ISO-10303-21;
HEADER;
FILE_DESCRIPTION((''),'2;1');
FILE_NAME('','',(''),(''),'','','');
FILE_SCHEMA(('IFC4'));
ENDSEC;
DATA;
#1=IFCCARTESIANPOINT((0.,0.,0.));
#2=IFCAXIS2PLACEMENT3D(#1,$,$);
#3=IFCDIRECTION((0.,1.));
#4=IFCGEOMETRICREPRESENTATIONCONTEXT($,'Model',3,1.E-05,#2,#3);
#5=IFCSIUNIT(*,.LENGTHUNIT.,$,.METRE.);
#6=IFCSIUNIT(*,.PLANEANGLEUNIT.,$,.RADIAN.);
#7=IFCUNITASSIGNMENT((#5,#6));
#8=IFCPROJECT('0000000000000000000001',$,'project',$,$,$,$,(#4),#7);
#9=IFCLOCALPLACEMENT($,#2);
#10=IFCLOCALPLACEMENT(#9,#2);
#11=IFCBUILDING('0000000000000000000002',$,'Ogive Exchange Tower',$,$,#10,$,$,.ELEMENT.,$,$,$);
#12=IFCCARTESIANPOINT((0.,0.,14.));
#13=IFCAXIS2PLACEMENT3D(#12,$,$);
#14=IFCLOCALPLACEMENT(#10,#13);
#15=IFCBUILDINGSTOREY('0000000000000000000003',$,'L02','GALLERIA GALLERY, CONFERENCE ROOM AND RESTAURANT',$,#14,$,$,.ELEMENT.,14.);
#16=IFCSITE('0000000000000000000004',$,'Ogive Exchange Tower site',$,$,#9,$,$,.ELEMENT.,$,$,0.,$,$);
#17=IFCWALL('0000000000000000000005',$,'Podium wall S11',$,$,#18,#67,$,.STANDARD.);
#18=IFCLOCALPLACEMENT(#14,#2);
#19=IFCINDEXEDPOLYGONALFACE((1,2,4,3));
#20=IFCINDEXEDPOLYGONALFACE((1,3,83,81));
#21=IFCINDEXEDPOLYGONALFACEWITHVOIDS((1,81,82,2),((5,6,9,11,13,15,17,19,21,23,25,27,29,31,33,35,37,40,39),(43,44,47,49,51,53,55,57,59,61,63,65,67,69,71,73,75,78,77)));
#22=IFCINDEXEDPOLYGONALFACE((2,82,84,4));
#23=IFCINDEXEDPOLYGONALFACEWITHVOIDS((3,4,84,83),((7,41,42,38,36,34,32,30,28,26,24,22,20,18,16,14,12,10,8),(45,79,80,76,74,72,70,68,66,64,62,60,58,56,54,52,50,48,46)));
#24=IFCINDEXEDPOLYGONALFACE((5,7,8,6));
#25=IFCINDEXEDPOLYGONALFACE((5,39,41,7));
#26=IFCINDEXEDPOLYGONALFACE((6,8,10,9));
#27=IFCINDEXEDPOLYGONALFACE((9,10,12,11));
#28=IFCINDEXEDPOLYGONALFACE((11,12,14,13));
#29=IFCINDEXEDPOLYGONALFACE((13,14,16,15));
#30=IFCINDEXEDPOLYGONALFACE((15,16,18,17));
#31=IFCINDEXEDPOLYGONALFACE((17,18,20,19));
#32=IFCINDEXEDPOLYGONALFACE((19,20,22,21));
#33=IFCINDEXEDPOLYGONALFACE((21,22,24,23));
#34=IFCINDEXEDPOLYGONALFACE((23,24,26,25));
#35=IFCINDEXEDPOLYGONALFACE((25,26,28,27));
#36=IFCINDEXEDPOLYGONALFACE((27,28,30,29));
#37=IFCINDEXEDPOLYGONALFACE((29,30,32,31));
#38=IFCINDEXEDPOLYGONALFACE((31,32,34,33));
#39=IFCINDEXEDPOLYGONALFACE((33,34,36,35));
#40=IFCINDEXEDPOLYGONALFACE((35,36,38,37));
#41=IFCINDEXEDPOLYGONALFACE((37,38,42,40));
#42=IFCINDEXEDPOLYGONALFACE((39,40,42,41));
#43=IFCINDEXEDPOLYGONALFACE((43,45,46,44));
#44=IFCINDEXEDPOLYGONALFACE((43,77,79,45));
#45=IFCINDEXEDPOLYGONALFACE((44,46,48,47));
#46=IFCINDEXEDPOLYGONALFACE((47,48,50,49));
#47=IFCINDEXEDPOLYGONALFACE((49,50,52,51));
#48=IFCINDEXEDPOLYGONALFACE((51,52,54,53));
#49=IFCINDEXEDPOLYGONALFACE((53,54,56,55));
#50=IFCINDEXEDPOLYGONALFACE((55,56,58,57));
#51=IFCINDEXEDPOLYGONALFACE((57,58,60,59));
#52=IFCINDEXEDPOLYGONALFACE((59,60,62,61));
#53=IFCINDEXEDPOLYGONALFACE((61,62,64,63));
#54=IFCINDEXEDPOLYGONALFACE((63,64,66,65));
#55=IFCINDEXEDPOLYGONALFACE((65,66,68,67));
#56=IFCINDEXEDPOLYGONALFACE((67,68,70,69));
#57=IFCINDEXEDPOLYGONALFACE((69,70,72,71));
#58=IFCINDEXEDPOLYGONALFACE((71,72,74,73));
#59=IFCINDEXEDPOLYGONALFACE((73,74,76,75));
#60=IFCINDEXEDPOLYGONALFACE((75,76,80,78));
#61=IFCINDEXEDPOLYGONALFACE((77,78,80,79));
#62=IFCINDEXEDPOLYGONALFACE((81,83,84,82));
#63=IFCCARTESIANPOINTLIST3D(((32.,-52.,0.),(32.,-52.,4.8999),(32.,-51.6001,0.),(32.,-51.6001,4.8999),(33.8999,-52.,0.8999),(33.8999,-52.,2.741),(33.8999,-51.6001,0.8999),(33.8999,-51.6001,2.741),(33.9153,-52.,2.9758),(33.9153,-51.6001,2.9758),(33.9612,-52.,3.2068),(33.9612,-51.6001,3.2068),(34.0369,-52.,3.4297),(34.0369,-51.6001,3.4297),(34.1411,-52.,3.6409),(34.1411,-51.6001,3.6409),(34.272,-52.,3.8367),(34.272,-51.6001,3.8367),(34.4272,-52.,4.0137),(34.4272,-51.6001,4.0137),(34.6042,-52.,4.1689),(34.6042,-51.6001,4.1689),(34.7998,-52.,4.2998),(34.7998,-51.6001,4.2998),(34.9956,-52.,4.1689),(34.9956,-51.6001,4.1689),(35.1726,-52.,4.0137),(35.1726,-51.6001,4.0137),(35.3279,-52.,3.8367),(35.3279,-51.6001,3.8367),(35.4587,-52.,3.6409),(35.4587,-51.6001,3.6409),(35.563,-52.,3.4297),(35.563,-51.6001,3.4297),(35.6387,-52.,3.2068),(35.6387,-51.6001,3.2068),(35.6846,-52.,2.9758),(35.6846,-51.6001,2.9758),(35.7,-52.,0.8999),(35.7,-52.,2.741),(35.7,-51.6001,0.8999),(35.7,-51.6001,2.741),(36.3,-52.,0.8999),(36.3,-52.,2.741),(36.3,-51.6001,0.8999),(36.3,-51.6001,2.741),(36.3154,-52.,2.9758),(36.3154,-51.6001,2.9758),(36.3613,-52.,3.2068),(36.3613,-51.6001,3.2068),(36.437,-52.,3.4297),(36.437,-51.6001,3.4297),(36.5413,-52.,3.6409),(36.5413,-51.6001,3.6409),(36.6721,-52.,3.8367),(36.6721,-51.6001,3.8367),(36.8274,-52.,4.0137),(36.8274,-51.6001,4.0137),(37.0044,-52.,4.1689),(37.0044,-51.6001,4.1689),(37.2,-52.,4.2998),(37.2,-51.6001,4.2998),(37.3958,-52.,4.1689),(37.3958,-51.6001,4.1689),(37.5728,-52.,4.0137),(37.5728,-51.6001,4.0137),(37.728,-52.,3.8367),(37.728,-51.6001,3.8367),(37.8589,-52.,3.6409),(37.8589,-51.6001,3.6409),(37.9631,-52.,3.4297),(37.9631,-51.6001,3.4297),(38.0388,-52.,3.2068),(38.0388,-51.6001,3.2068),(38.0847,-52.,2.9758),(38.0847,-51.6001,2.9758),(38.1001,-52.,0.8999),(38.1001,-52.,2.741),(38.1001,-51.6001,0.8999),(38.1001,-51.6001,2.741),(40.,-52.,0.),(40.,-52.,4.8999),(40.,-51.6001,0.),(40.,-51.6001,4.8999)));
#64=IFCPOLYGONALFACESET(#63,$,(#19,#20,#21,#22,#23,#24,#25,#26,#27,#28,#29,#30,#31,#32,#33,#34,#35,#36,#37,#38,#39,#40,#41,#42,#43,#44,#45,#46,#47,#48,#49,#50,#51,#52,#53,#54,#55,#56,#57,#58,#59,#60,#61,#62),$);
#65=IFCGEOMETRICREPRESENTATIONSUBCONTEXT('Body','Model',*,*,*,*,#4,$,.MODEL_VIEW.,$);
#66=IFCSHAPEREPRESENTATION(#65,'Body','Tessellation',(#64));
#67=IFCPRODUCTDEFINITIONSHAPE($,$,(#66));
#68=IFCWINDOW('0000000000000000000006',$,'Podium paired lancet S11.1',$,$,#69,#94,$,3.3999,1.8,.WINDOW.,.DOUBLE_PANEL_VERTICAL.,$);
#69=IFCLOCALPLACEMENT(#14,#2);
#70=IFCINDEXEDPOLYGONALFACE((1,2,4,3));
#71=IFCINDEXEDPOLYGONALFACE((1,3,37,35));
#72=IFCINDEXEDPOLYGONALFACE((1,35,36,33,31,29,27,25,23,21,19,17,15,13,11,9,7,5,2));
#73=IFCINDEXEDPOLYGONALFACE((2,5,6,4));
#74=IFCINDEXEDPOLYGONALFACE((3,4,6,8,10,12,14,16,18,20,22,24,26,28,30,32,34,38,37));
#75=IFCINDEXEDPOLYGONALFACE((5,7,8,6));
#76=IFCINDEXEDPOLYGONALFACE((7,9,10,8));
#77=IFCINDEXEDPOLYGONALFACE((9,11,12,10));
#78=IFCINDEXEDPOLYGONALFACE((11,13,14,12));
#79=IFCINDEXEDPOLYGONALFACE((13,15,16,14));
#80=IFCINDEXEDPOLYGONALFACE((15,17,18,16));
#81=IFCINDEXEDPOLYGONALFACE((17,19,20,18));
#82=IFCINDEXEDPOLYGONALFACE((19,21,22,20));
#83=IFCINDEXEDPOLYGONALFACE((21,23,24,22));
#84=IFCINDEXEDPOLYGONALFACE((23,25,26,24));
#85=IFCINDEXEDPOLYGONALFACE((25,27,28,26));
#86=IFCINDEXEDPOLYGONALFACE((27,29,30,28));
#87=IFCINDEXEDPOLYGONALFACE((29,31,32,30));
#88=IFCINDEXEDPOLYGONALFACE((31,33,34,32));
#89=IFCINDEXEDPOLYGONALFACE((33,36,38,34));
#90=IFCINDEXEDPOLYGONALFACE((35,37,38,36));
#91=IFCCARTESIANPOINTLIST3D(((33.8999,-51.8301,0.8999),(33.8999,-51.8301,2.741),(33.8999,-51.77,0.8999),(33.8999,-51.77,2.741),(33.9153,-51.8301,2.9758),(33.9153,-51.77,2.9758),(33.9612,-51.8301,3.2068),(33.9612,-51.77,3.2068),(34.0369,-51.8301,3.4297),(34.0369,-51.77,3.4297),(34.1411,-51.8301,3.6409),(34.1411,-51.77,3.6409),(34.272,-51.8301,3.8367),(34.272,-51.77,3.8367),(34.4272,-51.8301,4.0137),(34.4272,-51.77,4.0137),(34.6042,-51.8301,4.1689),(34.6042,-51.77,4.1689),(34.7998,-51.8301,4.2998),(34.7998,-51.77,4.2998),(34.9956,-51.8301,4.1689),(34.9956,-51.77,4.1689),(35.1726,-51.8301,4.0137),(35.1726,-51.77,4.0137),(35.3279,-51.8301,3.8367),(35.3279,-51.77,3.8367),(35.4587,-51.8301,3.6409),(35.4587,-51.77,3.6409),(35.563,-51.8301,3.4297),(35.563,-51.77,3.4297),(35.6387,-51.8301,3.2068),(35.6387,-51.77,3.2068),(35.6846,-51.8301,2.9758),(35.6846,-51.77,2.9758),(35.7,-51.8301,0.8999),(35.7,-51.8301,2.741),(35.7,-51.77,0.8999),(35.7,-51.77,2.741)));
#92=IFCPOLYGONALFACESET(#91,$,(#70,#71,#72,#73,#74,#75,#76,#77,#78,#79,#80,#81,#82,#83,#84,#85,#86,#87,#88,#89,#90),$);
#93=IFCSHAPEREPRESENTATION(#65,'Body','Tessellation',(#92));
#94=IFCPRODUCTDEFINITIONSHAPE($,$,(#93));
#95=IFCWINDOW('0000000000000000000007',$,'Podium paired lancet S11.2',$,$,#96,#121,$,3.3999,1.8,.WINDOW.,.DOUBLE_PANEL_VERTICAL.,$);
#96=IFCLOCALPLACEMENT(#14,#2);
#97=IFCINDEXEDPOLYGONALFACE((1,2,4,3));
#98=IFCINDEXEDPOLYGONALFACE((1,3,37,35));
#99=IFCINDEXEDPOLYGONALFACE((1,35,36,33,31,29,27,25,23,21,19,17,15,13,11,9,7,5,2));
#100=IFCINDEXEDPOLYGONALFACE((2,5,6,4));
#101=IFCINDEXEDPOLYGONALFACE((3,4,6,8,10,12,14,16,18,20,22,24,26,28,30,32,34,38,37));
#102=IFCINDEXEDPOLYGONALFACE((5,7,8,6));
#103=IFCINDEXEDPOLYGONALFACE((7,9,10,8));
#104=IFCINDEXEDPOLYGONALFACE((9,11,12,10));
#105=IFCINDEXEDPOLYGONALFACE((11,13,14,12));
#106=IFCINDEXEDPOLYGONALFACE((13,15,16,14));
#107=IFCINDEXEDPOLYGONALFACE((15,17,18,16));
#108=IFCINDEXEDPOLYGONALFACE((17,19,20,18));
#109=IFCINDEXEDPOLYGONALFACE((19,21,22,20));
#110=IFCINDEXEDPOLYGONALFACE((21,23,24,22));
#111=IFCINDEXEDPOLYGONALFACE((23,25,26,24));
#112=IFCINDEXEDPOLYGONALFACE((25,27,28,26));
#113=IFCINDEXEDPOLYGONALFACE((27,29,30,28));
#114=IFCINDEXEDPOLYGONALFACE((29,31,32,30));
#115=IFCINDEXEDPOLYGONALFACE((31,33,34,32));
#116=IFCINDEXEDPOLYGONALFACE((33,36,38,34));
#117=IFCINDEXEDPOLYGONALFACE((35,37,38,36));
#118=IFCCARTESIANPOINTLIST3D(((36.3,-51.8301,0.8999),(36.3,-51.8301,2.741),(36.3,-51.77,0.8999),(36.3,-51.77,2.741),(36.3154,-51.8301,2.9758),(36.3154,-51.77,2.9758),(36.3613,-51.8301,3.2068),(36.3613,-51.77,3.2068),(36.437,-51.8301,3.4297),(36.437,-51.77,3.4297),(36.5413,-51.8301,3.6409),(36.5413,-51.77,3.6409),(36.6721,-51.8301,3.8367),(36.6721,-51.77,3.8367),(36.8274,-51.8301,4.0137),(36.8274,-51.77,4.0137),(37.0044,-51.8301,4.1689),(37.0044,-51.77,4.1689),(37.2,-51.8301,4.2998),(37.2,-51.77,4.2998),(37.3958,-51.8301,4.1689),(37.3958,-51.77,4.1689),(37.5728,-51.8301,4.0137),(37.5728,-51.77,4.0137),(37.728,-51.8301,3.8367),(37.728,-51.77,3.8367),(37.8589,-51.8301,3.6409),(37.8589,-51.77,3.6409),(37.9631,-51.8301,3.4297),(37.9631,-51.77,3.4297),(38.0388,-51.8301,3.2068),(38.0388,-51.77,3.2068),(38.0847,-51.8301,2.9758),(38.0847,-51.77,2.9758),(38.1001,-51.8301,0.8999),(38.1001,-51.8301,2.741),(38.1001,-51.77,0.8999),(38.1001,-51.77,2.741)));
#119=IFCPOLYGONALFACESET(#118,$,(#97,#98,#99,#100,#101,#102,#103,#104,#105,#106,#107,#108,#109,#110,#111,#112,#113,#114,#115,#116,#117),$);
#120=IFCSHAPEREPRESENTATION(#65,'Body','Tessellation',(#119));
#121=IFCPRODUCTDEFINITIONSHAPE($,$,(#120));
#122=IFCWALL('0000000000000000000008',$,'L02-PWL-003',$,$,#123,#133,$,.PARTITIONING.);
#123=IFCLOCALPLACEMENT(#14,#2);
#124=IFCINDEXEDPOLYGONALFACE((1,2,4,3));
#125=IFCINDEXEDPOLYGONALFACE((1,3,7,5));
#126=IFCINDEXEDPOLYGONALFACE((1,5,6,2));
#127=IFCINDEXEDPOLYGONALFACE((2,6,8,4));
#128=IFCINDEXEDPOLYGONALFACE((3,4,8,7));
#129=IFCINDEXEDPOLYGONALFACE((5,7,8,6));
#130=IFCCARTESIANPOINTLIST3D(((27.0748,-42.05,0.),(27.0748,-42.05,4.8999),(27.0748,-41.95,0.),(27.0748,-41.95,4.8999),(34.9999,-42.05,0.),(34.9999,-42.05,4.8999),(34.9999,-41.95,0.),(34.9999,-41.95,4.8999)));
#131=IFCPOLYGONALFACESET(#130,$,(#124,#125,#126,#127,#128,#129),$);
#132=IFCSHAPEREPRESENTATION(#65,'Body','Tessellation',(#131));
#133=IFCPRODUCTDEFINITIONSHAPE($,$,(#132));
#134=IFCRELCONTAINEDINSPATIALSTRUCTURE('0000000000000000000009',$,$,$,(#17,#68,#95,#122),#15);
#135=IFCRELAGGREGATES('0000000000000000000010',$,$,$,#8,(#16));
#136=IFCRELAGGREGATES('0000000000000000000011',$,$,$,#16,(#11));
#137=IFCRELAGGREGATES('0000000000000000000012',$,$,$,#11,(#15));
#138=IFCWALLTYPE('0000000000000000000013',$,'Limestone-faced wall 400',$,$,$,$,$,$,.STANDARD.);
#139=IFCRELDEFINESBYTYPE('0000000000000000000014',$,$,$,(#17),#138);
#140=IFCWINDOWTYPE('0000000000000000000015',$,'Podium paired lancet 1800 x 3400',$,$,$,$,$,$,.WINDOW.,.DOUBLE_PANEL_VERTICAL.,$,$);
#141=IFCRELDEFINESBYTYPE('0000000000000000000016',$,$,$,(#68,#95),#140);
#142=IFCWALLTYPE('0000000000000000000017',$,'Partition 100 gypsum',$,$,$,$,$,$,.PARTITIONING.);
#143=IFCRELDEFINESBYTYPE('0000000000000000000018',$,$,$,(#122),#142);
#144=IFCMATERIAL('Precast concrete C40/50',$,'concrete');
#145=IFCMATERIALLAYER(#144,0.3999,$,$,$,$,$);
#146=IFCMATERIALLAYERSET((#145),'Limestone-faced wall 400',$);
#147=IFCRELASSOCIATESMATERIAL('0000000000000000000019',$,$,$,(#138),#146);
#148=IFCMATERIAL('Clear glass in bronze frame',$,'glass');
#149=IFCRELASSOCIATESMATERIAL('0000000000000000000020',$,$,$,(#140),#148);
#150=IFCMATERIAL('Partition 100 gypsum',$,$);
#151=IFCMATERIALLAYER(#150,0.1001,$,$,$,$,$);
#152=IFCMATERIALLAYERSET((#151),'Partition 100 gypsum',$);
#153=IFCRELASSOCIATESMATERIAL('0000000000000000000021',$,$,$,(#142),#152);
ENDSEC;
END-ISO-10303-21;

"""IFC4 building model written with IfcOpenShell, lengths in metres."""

from ifc_helpers import new_model, si_unit, direction, frame, frame_2d, origin, place, context, subcontext, project, spatial, polyline, rectangle, outline, extrude, material, layer, layer_set, type_object, element, fill, save


model = new_model("IFC4")

# Units and contexts
model_context = context("Model", 3, precision=1e-05, world=origin(), true_north=direction((0.0, 1.0)))
body_context = subcontext(model_context, "Body", "Model", "MODEL_VIEW")
ifc_project = project(units=[si_unit("LENGTHUNIT", "METRE"), si_unit("PLANEANGLEUNIT", "RADIAN")], contexts=[model_context])

# Site, building, storey
site_placement = place(None, origin())
site = spatial("IfcSite", under=ifc_project, at=site_placement, Name="Ogive Exchange Tower site", CompositionType="ELEMENT", RefElevation=0.0)
building_placement = place(site_placement, origin())
building = spatial("IfcBuilding", under=site, at=building_placement, Name="Ogive Exchange Tower", CompositionType="ELEMENT")
storey_placement = place(building_placement, frame((0.0, 0.0, 14.0)))
storey = spatial("IfcBuildingStorey", under=building, at=storey_placement, Name="L02", Description="GALLERIA GALLERY, CONFERENCE ROOM AND RESTAURANT", CompositionType="ELEMENT", Elevation=14.0)

# Shared definitions
ifc_material_1 = material(Name="Precast concrete C40/50", Category="concrete")
ifc_layer_1 = layer(ifc_material_1, 0.3999)
ifc_layer_set_1 = layer_set([ifc_layer_1], Name="Limestone-faced wall 400")
wall_type_1 = type_object("IfcWallType", Name="Limestone-faced wall 400", PredefinedType="STANDARD", material=ifc_layer_set_1)
ifc_material_2 = material(Name="Clear glass in bronze frame", Category="glass")

# Wall, openings, windows
wall_1_placement = place(storey_placement, frame((32.0, -51.8, 0.0), z_axis=(0.0, 0.0, 1.0), x_axis=(1.0, 0.0, 0.0)))
wall_1 = element("IfcWall", 1, at=wall_1_placement, inside=storey, type_object=wall_type_1, Name="Podium wall S11", PredefinedType="STANDARD", context=body_context, shape_type="SweptSolid", body=[
    extrude(rectangle(XDim=8.0, YDim=0.3999, at=frame_2d((4.0, 0.0))), origin(), (0.0, 0.0, 1.0), 4.8999),
])
opening_1_placement = place(wall_1_placement, frame((1.8999, 0.0, 0.8999)))
opening_1 = element("IfcOpeningElement", 2, at=opening_1_placement, cuts=wall_1, PredefinedType="OPENING", context=body_context, shape_type="SweptSolid", body=[
    extrude(outline(polyline([(0.0, 0.0), (1.8, 0.0), (1.8, 1.8411), (1.7847, 2.0759), (1.7388, 2.3069), (1.6631, 2.5298), (1.5588, 2.741), (1.428, 2.9368), (1.2727, 3.1138), (1.0957, 3.269), (0.8999, 3.3999), (0.7043, 3.269), (0.5273, 3.1138), (0.3721, 2.9368), (0.2412, 2.741), (0.137, 2.5298), (0.0613, 2.3069), (0.0154, 2.0759), (0.0, 1.8411), (0.0, 0.0)])), frame((0.0, 0.21, 0.0), z_axis=(0.0, -1.0, 0.0), x_axis=(1.0, 0.0, 0.0)), (0.0, 0.0, 1.0), 0.4199),
])
opening_2_placement = place(wall_1_placement, frame((4.3, 0.0, 0.8999)))
opening_2 = element("IfcOpeningElement", 3, at=opening_2_placement, cuts=wall_1, PredefinedType="OPENING", context=body_context, shape_type="SweptSolid", body=[
    extrude(outline(polyline([(0.0, 0.0), (1.8, 0.0), (1.8, 1.8411), (1.7847, 2.0759), (1.7388, 2.3069), (1.6631, 2.5298), (1.5588, 2.741), (1.428, 2.9368), (1.2727, 3.1138), (1.0957, 3.269), (0.8999, 3.3999), (0.7043, 3.269), (0.5273, 3.1138), (0.3721, 2.9368), (0.2412, 2.741), (0.137, 2.5298), (0.0613, 2.3069), (0.0154, 2.0759), (0.0, 1.8411), (0.0, 0.0)])), frame((0.0, 0.21, 0.0), z_axis=(0.0, -1.0, 0.0), x_axis=(1.0, 0.0, 0.0)), (0.0, 0.0, 1.0), 0.4199),
])
window_type_1 = type_object("IfcWindowType", Name="Podium paired lancet 1800 x 3400", PartitioningType="DOUBLE_PANEL_VERTICAL", PredefinedType="WINDOW", material=ifc_material_2)
window_1_placement = place(opening_1_placement, origin())
window_1 = element("IfcWindow", 4, at=window_1_placement, inside=storey, type_object=window_type_1, Name="Podium paired lancet S11.1", OverallHeight=3.3999, OverallWidth=1.8, PartitioningType="DOUBLE_PANEL_VERTICAL", PredefinedType="WINDOW", context=body_context, shape_type="SweptSolid", body=[
    extrude(outline(polyline([(0.0, 0.0), (1.8, 0.0), (1.8, 1.8411), (1.7847, 2.0759), (1.7388, 2.3069), (1.6631, 2.5298), (1.5588, 2.741), (1.428, 2.9368), (1.2727, 3.1138), (1.0957, 3.269), (0.8999, 3.3999), (0.7043, 3.269), (0.5273, 3.1138), (0.3721, 2.9368), (0.2412, 2.741), (0.137, 2.5298), (0.0613, 2.3069), (0.0154, 2.0759), (0.0, 1.8411), (0.0, 0.0)])), frame((0.0, 0.03, 0.0), z_axis=(0.0, -1.0, 0.0), x_axis=(1.0, 0.0, 0.0)), (0.0, 0.0, 1.0), 0.0601),
])
fill(opening_1, window_1)
window_2_placement = place(opening_2_placement, origin())
window_2 = element("IfcWindow", 5, at=window_2_placement, inside=storey, type_object=window_type_1, Name="Podium paired lancet S11.2", OverallHeight=3.3999, OverallWidth=1.8, PartitioningType="DOUBLE_PANEL_VERTICAL", PredefinedType="WINDOW", context=body_context, shape_type="SweptSolid", body=[
    extrude(outline(polyline([(0.0, 0.0), (1.8, 0.0), (1.8, 1.8411), (1.7847, 2.0759), (1.7388, 2.3069), (1.6631, 2.5298), (1.5588, 2.741), (1.428, 2.9368), (1.2727, 3.1138), (1.0957, 3.269), (0.8999, 3.3999), (0.7043, 3.269), (0.5273, 3.1138), (0.3721, 2.9368), (0.2412, 2.741), (0.137, 2.5298), (0.0613, 2.3069), (0.0154, 2.0759), (0.0, 1.8411), (0.0, 0.0)])), frame((0.0, 0.03, 0.0), z_axis=(0.0, -1.0, 0.0), x_axis=(1.0, 0.0, 0.0)), (0.0, 0.0, 1.0), 0.0601),
])
fill(opening_2, window_2)

# Wall
ifc_material_3 = material(Name="Partition 100 gypsum")
ifc_layer_2 = layer(ifc_material_3, 0.1001)
ifc_layer_set_2 = layer_set([ifc_layer_2], Name="Partition 100 gypsum")
wall_type_2 = type_object("IfcWallType", Name="Partition 100 gypsum", PredefinedType="PARTITIONING", material=ifc_layer_set_2)
wall_2_placement = place(storey_placement, frame((27.075, -42.0, 0.0), z_axis=(0.0, 0.0, 1.0), x_axis=(1.0, 0.0, 0.0)))
element("IfcWall", 6, at=wall_2_placement, inside=storey, type_object=wall_type_2, Name="L02-PWL-003", PredefinedType="PARTITIONING", context=body_context, shape_type="SweptSolid", body=[
    extrude(rectangle(XDim=7.925, YDim=0.1001, at=frame_2d((3.9624, 0.0))), origin(), (0.0, 0.0, 1.0), 4.8999),
])

save(model, "model.ifc")
